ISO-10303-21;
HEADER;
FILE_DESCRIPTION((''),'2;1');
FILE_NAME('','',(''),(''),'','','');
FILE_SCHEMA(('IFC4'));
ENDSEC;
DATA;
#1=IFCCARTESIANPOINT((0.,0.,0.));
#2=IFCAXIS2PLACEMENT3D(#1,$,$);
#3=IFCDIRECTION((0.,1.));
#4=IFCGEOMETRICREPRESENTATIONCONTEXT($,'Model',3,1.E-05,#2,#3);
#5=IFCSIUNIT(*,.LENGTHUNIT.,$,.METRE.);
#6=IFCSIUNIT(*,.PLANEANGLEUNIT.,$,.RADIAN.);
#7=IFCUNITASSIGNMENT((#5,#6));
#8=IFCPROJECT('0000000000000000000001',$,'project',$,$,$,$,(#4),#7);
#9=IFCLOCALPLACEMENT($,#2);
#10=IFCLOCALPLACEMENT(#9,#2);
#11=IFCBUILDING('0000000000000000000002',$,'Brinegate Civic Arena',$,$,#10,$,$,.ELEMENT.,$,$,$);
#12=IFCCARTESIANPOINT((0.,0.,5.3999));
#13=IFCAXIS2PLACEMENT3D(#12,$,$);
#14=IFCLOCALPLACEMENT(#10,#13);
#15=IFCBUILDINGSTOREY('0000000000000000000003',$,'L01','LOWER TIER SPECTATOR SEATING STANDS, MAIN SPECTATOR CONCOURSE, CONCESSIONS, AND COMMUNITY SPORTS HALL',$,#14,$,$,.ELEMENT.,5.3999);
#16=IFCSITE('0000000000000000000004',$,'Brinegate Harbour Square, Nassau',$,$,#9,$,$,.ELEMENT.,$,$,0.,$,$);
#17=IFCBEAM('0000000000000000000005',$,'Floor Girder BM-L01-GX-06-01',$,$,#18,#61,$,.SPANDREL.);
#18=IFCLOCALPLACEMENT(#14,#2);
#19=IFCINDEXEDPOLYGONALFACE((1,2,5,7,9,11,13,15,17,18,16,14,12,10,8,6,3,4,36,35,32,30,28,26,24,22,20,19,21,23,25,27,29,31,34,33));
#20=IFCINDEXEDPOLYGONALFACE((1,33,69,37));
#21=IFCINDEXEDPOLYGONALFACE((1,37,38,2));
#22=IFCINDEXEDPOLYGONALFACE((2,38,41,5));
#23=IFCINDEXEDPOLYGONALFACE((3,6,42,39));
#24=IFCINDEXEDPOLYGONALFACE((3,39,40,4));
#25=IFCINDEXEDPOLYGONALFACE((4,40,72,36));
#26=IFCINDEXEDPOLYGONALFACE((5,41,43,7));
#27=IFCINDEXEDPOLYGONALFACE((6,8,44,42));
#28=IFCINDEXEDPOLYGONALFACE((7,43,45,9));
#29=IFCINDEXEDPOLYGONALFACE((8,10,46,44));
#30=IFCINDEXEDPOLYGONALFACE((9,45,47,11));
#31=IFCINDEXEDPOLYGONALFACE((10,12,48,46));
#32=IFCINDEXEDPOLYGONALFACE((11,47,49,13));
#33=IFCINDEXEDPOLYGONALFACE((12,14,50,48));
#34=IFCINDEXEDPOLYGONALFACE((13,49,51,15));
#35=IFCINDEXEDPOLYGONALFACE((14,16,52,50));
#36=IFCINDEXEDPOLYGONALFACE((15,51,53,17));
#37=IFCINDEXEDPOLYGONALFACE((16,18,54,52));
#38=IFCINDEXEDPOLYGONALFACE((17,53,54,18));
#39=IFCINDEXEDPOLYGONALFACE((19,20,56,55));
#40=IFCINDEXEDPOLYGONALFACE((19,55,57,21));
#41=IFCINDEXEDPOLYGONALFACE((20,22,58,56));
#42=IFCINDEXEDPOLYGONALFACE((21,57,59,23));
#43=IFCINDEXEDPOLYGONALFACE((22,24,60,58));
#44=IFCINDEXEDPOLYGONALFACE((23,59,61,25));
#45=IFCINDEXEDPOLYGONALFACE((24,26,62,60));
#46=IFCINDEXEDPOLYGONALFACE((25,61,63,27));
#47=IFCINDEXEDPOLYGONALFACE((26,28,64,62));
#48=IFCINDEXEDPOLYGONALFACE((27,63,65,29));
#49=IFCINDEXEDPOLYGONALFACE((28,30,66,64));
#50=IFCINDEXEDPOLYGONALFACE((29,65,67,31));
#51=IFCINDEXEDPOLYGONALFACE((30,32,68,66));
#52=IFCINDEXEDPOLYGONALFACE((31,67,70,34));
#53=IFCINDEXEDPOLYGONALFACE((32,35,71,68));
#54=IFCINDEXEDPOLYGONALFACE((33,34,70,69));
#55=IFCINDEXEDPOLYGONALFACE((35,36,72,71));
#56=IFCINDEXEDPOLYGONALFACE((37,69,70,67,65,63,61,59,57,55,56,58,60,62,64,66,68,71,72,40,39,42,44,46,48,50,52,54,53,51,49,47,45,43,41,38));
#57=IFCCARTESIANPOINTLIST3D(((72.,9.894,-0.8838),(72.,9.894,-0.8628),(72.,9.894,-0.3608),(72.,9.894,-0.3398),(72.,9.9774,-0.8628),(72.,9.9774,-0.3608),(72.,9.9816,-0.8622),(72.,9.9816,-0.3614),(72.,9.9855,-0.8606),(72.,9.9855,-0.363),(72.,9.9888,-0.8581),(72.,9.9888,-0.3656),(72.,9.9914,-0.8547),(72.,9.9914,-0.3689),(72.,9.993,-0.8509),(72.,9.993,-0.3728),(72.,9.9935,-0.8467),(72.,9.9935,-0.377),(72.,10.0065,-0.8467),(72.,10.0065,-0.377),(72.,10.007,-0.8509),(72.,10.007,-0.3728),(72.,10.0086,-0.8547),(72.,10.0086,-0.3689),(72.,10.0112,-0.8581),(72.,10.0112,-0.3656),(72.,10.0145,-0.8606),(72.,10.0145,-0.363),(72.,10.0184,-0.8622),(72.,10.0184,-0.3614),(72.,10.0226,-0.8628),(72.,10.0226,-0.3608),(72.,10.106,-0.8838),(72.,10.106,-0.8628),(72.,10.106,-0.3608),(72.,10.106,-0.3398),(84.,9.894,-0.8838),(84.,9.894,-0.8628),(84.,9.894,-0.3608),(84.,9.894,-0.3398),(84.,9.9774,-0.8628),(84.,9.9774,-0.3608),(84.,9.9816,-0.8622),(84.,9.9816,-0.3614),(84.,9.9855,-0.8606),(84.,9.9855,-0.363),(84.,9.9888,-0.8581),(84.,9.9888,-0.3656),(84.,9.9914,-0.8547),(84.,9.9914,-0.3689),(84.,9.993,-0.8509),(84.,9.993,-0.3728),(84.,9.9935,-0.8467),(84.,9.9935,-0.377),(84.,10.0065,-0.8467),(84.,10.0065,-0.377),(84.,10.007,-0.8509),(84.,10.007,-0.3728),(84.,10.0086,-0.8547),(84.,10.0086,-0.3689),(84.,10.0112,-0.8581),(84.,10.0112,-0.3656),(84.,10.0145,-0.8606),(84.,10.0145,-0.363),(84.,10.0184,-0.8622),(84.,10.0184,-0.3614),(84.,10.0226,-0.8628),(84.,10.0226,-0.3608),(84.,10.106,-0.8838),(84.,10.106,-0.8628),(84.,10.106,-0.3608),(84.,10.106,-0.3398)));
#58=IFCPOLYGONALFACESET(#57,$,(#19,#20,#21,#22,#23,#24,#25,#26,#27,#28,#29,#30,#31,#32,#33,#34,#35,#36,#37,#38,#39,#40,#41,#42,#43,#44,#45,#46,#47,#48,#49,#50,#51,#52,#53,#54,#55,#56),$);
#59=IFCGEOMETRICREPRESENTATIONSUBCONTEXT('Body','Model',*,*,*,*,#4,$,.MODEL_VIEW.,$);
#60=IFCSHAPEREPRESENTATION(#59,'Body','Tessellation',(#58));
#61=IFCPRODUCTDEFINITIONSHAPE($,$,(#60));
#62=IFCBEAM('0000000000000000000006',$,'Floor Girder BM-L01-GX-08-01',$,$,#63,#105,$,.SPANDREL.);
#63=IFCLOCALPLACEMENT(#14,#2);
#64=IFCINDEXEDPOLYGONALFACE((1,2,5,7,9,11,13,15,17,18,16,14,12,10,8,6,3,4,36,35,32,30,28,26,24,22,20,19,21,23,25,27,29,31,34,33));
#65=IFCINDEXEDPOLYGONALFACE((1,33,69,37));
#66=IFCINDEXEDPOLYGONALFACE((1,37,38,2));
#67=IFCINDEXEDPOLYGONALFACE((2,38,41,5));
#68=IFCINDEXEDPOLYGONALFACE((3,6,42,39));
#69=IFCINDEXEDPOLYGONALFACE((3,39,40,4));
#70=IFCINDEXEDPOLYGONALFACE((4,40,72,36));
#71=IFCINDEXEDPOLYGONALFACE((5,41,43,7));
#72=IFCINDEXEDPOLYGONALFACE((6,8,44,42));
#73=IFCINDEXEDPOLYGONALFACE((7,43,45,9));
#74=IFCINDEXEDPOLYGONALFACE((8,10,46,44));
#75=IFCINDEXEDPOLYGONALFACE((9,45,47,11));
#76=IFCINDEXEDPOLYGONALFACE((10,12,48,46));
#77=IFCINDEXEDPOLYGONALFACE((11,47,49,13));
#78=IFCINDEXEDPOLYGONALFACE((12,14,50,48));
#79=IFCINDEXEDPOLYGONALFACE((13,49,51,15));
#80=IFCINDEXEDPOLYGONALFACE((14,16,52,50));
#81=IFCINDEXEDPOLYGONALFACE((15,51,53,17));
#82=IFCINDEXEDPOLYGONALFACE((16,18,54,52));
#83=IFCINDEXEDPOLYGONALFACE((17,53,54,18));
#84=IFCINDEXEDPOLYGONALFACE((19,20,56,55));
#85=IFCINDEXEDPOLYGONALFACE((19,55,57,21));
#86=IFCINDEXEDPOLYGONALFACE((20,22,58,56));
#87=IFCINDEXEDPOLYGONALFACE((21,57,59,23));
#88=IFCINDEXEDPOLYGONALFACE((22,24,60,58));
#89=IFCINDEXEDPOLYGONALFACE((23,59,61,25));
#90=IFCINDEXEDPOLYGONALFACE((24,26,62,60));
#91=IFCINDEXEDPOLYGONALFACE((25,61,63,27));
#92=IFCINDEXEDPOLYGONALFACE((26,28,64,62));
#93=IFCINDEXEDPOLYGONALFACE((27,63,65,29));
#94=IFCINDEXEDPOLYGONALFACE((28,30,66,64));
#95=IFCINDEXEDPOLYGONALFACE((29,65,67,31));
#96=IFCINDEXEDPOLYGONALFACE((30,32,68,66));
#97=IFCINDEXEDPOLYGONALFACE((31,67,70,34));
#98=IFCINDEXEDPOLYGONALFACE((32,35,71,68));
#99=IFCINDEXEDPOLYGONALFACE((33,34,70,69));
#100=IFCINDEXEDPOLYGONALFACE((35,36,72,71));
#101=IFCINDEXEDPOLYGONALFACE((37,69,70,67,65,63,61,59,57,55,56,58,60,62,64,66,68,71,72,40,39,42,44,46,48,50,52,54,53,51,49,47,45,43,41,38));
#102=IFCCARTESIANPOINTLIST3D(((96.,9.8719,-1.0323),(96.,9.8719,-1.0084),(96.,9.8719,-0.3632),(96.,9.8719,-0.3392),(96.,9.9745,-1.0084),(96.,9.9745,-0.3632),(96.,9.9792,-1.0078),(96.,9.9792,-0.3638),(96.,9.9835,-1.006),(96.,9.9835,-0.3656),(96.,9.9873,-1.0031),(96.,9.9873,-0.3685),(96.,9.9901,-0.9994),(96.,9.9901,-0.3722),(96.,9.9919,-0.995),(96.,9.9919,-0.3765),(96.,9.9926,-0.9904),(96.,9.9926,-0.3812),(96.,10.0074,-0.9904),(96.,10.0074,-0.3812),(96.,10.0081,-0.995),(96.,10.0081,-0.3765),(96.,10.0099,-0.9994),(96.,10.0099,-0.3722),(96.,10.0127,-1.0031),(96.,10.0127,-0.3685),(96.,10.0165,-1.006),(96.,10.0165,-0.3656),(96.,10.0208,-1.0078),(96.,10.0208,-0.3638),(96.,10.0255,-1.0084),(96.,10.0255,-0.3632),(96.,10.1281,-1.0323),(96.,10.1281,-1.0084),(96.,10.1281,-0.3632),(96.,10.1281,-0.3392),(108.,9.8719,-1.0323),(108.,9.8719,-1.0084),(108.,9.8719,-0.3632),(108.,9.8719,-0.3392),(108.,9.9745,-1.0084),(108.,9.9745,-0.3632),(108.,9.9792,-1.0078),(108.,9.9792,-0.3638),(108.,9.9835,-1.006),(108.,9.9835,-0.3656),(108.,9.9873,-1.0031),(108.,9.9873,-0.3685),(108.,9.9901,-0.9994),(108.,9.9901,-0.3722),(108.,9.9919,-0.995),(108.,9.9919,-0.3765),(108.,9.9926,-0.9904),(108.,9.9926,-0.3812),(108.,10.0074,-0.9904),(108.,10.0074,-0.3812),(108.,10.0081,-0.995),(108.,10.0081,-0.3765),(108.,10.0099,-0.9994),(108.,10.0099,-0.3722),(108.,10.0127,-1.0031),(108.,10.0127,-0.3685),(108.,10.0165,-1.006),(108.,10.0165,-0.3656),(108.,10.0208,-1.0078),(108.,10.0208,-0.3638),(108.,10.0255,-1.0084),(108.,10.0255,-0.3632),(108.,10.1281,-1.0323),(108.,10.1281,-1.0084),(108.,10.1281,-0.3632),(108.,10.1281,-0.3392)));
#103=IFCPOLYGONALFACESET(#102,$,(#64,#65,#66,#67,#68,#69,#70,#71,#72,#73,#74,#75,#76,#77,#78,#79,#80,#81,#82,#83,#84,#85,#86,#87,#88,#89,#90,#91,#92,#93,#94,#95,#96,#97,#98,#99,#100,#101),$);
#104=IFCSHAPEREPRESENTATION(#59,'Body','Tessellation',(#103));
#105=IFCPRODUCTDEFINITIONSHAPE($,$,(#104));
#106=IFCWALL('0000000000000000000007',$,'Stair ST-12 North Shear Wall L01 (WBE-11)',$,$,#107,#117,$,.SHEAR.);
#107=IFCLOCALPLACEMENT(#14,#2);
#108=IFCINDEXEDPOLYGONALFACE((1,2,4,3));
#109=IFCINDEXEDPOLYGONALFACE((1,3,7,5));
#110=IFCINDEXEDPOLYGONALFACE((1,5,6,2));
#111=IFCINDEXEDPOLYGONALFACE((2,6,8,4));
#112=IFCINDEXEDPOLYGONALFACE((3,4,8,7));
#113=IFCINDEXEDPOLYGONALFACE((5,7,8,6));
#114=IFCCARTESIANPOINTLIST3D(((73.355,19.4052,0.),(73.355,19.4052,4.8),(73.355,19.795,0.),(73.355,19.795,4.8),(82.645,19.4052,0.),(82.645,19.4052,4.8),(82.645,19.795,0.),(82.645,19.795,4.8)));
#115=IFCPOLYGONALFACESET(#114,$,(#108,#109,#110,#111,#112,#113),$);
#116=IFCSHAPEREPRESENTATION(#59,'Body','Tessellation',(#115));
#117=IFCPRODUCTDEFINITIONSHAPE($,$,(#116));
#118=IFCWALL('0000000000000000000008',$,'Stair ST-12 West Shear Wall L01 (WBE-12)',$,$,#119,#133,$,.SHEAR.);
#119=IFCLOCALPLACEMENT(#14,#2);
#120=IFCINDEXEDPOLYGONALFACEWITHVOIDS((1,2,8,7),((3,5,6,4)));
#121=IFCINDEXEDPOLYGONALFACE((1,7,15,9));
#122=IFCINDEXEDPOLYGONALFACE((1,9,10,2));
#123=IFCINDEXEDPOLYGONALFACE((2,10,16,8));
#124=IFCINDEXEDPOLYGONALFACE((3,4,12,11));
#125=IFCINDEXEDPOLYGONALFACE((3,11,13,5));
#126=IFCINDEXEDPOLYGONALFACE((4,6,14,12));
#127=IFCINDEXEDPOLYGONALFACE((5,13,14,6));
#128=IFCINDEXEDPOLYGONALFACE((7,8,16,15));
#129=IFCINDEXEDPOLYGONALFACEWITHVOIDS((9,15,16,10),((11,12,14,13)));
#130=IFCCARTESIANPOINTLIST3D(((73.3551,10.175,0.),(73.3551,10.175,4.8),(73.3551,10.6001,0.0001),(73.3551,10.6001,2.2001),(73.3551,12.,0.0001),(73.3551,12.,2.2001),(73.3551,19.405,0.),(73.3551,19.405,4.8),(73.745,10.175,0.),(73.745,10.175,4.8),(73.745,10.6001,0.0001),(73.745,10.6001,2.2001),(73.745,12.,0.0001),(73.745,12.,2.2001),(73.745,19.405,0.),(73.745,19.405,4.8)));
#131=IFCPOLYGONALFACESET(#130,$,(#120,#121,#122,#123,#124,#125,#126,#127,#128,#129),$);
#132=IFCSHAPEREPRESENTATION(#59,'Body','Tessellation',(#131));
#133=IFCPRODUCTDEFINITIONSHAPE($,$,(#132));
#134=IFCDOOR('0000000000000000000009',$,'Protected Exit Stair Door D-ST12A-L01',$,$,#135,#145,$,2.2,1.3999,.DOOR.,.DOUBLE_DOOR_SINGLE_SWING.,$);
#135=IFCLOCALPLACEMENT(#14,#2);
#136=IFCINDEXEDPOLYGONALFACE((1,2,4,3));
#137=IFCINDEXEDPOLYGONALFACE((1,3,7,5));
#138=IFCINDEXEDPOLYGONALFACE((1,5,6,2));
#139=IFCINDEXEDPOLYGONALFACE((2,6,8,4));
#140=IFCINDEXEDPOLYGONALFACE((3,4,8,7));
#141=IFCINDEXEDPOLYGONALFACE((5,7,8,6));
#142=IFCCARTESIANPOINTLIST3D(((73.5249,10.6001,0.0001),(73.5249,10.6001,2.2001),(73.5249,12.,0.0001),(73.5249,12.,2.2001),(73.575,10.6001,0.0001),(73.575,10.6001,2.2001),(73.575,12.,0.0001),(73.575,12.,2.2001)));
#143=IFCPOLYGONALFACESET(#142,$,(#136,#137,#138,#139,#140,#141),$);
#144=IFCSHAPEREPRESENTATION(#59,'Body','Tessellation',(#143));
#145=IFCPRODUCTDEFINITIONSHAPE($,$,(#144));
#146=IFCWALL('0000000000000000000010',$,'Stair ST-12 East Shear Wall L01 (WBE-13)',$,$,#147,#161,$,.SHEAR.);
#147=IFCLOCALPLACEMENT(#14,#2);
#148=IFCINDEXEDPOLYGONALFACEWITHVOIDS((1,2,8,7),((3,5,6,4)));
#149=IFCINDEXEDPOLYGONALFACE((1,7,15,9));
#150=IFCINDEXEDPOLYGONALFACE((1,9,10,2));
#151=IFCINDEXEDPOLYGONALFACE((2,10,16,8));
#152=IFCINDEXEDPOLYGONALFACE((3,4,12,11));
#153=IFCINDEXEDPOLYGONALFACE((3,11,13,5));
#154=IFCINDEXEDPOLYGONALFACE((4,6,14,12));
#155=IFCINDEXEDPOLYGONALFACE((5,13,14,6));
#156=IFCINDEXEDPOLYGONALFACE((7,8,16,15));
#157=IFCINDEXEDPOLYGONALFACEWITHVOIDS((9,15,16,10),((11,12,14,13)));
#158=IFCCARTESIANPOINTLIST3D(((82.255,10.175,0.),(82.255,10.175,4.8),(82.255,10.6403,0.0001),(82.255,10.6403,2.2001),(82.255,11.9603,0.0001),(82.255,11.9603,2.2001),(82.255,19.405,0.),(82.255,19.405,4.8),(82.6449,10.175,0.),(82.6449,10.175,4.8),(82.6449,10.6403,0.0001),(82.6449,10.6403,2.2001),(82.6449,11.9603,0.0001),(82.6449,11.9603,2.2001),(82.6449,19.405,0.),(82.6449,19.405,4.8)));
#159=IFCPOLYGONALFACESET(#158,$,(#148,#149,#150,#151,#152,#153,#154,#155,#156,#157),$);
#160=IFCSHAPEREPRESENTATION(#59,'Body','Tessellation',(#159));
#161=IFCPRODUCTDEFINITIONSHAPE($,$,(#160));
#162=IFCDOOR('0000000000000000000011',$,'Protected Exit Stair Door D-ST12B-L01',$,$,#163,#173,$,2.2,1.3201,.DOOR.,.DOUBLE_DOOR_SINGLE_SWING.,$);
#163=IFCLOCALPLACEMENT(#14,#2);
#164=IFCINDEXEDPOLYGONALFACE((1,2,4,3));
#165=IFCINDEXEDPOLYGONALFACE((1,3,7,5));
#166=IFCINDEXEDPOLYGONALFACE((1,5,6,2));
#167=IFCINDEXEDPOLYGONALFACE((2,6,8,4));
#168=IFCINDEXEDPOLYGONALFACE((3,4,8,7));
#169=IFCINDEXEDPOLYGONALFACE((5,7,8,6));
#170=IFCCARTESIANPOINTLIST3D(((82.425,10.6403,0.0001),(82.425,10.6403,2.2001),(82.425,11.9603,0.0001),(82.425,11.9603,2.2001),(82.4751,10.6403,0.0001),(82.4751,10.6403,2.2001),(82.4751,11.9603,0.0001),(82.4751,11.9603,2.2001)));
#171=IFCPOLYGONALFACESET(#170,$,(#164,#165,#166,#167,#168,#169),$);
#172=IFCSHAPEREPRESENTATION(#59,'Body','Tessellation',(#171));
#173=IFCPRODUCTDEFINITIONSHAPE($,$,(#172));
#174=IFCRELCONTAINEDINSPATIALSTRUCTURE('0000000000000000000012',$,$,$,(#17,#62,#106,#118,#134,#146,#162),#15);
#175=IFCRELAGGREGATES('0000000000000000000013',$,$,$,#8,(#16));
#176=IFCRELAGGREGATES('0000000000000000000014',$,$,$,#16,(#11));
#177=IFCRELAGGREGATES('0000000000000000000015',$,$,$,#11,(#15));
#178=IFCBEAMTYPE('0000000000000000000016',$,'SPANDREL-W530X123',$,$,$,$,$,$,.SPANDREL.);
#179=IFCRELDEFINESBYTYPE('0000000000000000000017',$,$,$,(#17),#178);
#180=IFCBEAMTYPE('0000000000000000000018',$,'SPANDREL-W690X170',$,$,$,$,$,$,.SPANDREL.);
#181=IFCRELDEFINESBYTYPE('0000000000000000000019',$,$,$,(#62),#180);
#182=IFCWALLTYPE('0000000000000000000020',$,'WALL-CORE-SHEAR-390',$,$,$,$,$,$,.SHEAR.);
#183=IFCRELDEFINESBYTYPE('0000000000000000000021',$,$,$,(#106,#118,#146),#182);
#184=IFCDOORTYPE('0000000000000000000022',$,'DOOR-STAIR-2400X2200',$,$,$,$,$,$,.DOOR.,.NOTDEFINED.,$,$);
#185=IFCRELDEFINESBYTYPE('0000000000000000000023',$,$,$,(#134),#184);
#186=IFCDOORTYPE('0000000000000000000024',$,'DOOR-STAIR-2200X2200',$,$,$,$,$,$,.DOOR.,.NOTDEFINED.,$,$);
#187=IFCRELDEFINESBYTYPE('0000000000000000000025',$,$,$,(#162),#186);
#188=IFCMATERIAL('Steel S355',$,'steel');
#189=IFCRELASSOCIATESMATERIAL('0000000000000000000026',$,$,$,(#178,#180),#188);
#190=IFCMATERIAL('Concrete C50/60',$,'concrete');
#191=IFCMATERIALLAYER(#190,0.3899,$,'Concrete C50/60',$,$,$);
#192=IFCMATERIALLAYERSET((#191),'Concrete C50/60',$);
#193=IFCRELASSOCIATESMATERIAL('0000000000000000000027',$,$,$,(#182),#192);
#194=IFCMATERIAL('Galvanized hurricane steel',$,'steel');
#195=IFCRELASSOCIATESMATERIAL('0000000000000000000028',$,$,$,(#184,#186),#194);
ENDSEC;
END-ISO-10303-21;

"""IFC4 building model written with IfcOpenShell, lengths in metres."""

from ifc_helpers import new_model, si_unit, direction, frame, frame_2d, origin, origin_2d, place, context, subcontext, project, spatial, rectangle, i_section, extrude, material, layer, layer_set, material_profile, profile_set, type_object, element, fill, save


model = new_model("IFC4")

# Units and contexts
model_context = context("Model", 3, precision=1e-05, world=origin(), true_north=direction((0.0, 1.0)))
body_context = subcontext(model_context, "Body", "Model", "MODEL_VIEW")
ifc_project = project(units=[si_unit("LENGTHUNIT", "METRE"), si_unit("PLANEANGLEUNIT", "RADIAN")], contexts=[model_context])

# Site, building, storey
site_placement = place(None, origin())
site = spatial("IfcSite", under=ifc_project, at=site_placement, Name="Brinegate Harbour Square, Nassau", CompositionType="ELEMENT", RefElevation=0.0)
building_placement = place(site_placement, origin())
building = spatial("IfcBuilding", under=site, at=building_placement, Name="Brinegate Civic Arena", CompositionType="ELEMENT")
storey_placement = place(building_placement, frame((0.0, 0.0, 5.3999)))
storey = spatial("IfcBuildingStorey", under=building, at=storey_placement, Name="L01", Description="LOWER TIER SPECTATOR SEATING STANDS, MAIN SPECTATOR CONCOURSE, CONCESSIONS, AND COMMUNITY SPORTS HALL", CompositionType="ELEMENT", Elevation=5.3999)

# Shared definitions
ifc_material_1 = material(Name="Concrete C50/60", Category="concrete")

# Beams
ifc_material_2 = material(Name="Steel S355", Category="steel")
ifc_material_profile_1 = material_profile(ifc_material_2, i_section(OverallWidth=0.2119, OverallDepth=0.5439, WebThickness=0.0129, FlangeThickness=0.021, FilletRadius=0.0161, at=origin_2d()), Name="W530X123")
ifc_profile_set_1 = profile_set([ifc_material_profile_1], Name="Steel S355")
beam_type_1 = type_object("IfcBeamType", Name="SPANDREL-W530X123", PredefinedType="SPANDREL", material=ifc_profile_set_1)
beam_1_placement = place(storey_placement, frame((72.0, 10.0, -0.6118), z_axis=(1.0, 0.0, 0.0), x_axis=(0.0, 1.0, 0.0)))
element("IfcBeam", 1, at=beam_1_placement, inside=storey, type_object=beam_type_1, Name="Floor Girder BM-L01-GX-06-01", PredefinedType="SPANDREL", context=body_context, shape_type="SweptSolid", body=[
    extrude(i_section(OverallWidth=0.2119, OverallDepth=0.5439, WebThickness=0.0129, FlangeThickness=0.021, FilletRadius=0.0161, at=origin_2d()), origin(), (0.0, 0.0, 1.0), 12.0),
])
ifc_material_profile_2 = material_profile(ifc_material_2, i_section(OverallWidth=0.2561, OverallDepth=0.6931, WebThickness=0.0149, FlangeThickness=0.0239, FilletRadius=0.0181, at=origin_2d()), Name="W690X170")
ifc_profile_set_2 = profile_set([ifc_material_profile_2], Name="Steel S355")
beam_type_2 = type_object("IfcBeamType", Name="SPANDREL-W690X170", PredefinedType="SPANDREL", material=ifc_profile_set_2)
beam_2_placement = place(storey_placement, frame((96.0, 10.0, -0.6858), z_axis=(1.0, 0.0, 0.0), x_axis=(0.0, 1.0, 0.0)))
element("IfcBeam", 2, at=beam_2_placement, inside=storey, type_object=beam_type_2, Name="Floor Girder BM-L01-GX-08-01", PredefinedType="SPANDREL", context=body_context, shape_type="SweptSolid", body=[
    extrude(i_section(OverallWidth=0.2561, OverallDepth=0.6931, WebThickness=0.0149, FlangeThickness=0.0239, FilletRadius=0.0181, at=origin_2d()), origin(), (0.0, 0.0, 1.0), 12.0),
])

# Wall
ifc_layer_1 = layer(ifc_material_1, 0.3899, Name="Concrete C50/60")
ifc_layer_set_1 = layer_set([ifc_layer_1], Name="Concrete C50/60")
wall_type_1 = type_object("IfcWallType", Name="WALL-CORE-SHEAR-390", PredefinedType="SHEAR", material=ifc_layer_set_1)
wall_1_placement = place(storey_placement, frame((73.355, 19.6001, 0.0), z_axis=(0.0, 0.0, 1.0), x_axis=(1.0, 0.0, 0.0)))
element("IfcWall", 3, at=wall_1_placement, inside=storey, type_object=wall_type_1, Name="Stair ST-12 North Shear Wall L01 (WBE-11)", PredefinedType="SHEAR", context=body_context, shape_type="SweptSolid", body=[
    extrude(rectangle(XDim=9.29, YDim=0.3899, at=frame_2d((4.645, 0.0))), origin(), (0.0, 0.0, 1.0), 4.8),
])

# Walls, openings, doors
wall_2_placement = place(storey_placement, frame((73.55, 10.175, 0.0), z_axis=(0.0, 0.0, 1.0), x_axis=(0.0, 1.0, 0.0)))
wall_2 = element("IfcWall", 4, at=wall_2_placement, inside=storey, type_object=wall_type_1, Name="Stair ST-12 West Shear Wall L01 (WBE-12)", PredefinedType="SHEAR", context=body_context, shape_type="SweptSolid", body=[
    extrude(rectangle(XDim=9.23, YDim=0.3899, at=frame_2d((4.615, 0.0))), origin(), (0.0, 0.0, 1.0), 4.8),
])
opening_1_placement = place(wall_2_placement, frame((0.425, 0.0, 0.0)))
opening_1 = element("IfcOpeningElement", 5, at=opening_1_placement, cuts=wall_2, PredefinedType="OPENING", context=body_context, shape_type="SweptSolid", body=[
    extrude(rectangle(XDim=1.3999, YDim=2.2, at=frame_2d((0.7, 1.1001))), frame((0.0, 0.2048, 0.0), z_axis=(0.0, -1.0, 0.0), x_axis=(1.0, 0.0, 0.0)), (0.0, 0.0, 1.0), 0.4099),
])
ifc_material_3 = material(Name="Galvanized hurricane steel", Category="steel")
door_type_1 = type_object("IfcDoorType", Name="DOOR-STAIR-2400X2200", OperationType="NOTDEFINED", PredefinedType="DOOR", material=ifc_material_3)
door_1_placement = place(opening_1_placement, frame((1.3999, 0.0, 0.0), z_axis=(0.0, 0.0, 1.0), x_axis=(-1.0, 0.0, 0.0)))
door_1 = element("IfcDoor", 6, at=door_1_placement, inside=storey, type_object=door_type_1, Name="Protected Exit Stair Door D-ST12A-L01", OperationType="DOUBLE_DOOR_SINGLE_SWING", OverallHeight=2.2, OverallWidth=1.3999, PredefinedType="DOOR", context=body_context, shape_type="SweptSolid", body=[
    extrude(rectangle(XDim=1.3999, YDim=2.2, at=frame_2d((0.7, 1.1001))), frame((0.0, 0.0249, 0.0), z_axis=(0.0, -1.0, 0.0), x_axis=(1.0, 0.0, 0.0)), (0.0, 0.0, 1.0), 0.05),
])
fill(opening_1, door_1)
wall_3_placement = place(storey_placement, frame((82.45, 10.175, 0.0), z_axis=(0.0, 0.0, 1.0), x_axis=(0.0, 1.0, 0.0)))
wall_3 = element("IfcWall", 7, at=wall_3_placement, inside=storey, type_object=wall_type_1, Name="Stair ST-12 East Shear Wall L01 (WBE-13)", PredefinedType="SHEAR", context=body_context, shape_type="SweptSolid", body=[
    extrude(rectangle(XDim=9.23, YDim=0.3899, at=frame_2d((4.615, 0.0))), origin(), (0.0, 0.0, 1.0), 4.8),
])
opening_2_placement = place(wall_3_placement, frame((0.4651, 0.0, 0.0)))
opening_2 = element("IfcOpeningElement", 8, at=opening_2_placement, cuts=wall_3, PredefinedType="OPENING", context=body_context, shape_type="SweptSolid", body=[
    extrude(rectangle(XDim=1.3201, YDim=2.2, at=frame_2d((0.6602, 1.1001))), frame((0.0, 0.2048, 0.0), z_axis=(0.0, -1.0, 0.0), x_axis=(1.0, 0.0, 0.0)), (0.0, 0.0, 1.0), 0.4099),
])
door_type_2 = type_object("IfcDoorType", Name="DOOR-STAIR-2200X2200", OperationType="NOTDEFINED", PredefinedType="DOOR", material=ifc_material_3)
door_2_placement = place(opening_2_placement, origin())
door_2 = element("IfcDoor", 9, at=door_2_placement, inside=storey, type_object=door_type_2, Name="Protected Exit Stair Door D-ST12B-L01", OperationType="DOUBLE_DOOR_SINGLE_SWING", OverallHeight=2.2, OverallWidth=1.3201, PredefinedType="DOOR", context=body_context, shape_type="SweptSolid", body=[
    extrude(rectangle(XDim=1.3201, YDim=2.2, at=frame_2d((0.6602, 1.1001))), frame((0.0, 0.0249, 0.0), z_axis=(0.0, -1.0, 0.0), x_axis=(1.0, 0.0, 0.0)), (0.0, 0.0, 1.0), 0.05),
])
fill(opening_2, door_2)

save(model, "model.ifc")
